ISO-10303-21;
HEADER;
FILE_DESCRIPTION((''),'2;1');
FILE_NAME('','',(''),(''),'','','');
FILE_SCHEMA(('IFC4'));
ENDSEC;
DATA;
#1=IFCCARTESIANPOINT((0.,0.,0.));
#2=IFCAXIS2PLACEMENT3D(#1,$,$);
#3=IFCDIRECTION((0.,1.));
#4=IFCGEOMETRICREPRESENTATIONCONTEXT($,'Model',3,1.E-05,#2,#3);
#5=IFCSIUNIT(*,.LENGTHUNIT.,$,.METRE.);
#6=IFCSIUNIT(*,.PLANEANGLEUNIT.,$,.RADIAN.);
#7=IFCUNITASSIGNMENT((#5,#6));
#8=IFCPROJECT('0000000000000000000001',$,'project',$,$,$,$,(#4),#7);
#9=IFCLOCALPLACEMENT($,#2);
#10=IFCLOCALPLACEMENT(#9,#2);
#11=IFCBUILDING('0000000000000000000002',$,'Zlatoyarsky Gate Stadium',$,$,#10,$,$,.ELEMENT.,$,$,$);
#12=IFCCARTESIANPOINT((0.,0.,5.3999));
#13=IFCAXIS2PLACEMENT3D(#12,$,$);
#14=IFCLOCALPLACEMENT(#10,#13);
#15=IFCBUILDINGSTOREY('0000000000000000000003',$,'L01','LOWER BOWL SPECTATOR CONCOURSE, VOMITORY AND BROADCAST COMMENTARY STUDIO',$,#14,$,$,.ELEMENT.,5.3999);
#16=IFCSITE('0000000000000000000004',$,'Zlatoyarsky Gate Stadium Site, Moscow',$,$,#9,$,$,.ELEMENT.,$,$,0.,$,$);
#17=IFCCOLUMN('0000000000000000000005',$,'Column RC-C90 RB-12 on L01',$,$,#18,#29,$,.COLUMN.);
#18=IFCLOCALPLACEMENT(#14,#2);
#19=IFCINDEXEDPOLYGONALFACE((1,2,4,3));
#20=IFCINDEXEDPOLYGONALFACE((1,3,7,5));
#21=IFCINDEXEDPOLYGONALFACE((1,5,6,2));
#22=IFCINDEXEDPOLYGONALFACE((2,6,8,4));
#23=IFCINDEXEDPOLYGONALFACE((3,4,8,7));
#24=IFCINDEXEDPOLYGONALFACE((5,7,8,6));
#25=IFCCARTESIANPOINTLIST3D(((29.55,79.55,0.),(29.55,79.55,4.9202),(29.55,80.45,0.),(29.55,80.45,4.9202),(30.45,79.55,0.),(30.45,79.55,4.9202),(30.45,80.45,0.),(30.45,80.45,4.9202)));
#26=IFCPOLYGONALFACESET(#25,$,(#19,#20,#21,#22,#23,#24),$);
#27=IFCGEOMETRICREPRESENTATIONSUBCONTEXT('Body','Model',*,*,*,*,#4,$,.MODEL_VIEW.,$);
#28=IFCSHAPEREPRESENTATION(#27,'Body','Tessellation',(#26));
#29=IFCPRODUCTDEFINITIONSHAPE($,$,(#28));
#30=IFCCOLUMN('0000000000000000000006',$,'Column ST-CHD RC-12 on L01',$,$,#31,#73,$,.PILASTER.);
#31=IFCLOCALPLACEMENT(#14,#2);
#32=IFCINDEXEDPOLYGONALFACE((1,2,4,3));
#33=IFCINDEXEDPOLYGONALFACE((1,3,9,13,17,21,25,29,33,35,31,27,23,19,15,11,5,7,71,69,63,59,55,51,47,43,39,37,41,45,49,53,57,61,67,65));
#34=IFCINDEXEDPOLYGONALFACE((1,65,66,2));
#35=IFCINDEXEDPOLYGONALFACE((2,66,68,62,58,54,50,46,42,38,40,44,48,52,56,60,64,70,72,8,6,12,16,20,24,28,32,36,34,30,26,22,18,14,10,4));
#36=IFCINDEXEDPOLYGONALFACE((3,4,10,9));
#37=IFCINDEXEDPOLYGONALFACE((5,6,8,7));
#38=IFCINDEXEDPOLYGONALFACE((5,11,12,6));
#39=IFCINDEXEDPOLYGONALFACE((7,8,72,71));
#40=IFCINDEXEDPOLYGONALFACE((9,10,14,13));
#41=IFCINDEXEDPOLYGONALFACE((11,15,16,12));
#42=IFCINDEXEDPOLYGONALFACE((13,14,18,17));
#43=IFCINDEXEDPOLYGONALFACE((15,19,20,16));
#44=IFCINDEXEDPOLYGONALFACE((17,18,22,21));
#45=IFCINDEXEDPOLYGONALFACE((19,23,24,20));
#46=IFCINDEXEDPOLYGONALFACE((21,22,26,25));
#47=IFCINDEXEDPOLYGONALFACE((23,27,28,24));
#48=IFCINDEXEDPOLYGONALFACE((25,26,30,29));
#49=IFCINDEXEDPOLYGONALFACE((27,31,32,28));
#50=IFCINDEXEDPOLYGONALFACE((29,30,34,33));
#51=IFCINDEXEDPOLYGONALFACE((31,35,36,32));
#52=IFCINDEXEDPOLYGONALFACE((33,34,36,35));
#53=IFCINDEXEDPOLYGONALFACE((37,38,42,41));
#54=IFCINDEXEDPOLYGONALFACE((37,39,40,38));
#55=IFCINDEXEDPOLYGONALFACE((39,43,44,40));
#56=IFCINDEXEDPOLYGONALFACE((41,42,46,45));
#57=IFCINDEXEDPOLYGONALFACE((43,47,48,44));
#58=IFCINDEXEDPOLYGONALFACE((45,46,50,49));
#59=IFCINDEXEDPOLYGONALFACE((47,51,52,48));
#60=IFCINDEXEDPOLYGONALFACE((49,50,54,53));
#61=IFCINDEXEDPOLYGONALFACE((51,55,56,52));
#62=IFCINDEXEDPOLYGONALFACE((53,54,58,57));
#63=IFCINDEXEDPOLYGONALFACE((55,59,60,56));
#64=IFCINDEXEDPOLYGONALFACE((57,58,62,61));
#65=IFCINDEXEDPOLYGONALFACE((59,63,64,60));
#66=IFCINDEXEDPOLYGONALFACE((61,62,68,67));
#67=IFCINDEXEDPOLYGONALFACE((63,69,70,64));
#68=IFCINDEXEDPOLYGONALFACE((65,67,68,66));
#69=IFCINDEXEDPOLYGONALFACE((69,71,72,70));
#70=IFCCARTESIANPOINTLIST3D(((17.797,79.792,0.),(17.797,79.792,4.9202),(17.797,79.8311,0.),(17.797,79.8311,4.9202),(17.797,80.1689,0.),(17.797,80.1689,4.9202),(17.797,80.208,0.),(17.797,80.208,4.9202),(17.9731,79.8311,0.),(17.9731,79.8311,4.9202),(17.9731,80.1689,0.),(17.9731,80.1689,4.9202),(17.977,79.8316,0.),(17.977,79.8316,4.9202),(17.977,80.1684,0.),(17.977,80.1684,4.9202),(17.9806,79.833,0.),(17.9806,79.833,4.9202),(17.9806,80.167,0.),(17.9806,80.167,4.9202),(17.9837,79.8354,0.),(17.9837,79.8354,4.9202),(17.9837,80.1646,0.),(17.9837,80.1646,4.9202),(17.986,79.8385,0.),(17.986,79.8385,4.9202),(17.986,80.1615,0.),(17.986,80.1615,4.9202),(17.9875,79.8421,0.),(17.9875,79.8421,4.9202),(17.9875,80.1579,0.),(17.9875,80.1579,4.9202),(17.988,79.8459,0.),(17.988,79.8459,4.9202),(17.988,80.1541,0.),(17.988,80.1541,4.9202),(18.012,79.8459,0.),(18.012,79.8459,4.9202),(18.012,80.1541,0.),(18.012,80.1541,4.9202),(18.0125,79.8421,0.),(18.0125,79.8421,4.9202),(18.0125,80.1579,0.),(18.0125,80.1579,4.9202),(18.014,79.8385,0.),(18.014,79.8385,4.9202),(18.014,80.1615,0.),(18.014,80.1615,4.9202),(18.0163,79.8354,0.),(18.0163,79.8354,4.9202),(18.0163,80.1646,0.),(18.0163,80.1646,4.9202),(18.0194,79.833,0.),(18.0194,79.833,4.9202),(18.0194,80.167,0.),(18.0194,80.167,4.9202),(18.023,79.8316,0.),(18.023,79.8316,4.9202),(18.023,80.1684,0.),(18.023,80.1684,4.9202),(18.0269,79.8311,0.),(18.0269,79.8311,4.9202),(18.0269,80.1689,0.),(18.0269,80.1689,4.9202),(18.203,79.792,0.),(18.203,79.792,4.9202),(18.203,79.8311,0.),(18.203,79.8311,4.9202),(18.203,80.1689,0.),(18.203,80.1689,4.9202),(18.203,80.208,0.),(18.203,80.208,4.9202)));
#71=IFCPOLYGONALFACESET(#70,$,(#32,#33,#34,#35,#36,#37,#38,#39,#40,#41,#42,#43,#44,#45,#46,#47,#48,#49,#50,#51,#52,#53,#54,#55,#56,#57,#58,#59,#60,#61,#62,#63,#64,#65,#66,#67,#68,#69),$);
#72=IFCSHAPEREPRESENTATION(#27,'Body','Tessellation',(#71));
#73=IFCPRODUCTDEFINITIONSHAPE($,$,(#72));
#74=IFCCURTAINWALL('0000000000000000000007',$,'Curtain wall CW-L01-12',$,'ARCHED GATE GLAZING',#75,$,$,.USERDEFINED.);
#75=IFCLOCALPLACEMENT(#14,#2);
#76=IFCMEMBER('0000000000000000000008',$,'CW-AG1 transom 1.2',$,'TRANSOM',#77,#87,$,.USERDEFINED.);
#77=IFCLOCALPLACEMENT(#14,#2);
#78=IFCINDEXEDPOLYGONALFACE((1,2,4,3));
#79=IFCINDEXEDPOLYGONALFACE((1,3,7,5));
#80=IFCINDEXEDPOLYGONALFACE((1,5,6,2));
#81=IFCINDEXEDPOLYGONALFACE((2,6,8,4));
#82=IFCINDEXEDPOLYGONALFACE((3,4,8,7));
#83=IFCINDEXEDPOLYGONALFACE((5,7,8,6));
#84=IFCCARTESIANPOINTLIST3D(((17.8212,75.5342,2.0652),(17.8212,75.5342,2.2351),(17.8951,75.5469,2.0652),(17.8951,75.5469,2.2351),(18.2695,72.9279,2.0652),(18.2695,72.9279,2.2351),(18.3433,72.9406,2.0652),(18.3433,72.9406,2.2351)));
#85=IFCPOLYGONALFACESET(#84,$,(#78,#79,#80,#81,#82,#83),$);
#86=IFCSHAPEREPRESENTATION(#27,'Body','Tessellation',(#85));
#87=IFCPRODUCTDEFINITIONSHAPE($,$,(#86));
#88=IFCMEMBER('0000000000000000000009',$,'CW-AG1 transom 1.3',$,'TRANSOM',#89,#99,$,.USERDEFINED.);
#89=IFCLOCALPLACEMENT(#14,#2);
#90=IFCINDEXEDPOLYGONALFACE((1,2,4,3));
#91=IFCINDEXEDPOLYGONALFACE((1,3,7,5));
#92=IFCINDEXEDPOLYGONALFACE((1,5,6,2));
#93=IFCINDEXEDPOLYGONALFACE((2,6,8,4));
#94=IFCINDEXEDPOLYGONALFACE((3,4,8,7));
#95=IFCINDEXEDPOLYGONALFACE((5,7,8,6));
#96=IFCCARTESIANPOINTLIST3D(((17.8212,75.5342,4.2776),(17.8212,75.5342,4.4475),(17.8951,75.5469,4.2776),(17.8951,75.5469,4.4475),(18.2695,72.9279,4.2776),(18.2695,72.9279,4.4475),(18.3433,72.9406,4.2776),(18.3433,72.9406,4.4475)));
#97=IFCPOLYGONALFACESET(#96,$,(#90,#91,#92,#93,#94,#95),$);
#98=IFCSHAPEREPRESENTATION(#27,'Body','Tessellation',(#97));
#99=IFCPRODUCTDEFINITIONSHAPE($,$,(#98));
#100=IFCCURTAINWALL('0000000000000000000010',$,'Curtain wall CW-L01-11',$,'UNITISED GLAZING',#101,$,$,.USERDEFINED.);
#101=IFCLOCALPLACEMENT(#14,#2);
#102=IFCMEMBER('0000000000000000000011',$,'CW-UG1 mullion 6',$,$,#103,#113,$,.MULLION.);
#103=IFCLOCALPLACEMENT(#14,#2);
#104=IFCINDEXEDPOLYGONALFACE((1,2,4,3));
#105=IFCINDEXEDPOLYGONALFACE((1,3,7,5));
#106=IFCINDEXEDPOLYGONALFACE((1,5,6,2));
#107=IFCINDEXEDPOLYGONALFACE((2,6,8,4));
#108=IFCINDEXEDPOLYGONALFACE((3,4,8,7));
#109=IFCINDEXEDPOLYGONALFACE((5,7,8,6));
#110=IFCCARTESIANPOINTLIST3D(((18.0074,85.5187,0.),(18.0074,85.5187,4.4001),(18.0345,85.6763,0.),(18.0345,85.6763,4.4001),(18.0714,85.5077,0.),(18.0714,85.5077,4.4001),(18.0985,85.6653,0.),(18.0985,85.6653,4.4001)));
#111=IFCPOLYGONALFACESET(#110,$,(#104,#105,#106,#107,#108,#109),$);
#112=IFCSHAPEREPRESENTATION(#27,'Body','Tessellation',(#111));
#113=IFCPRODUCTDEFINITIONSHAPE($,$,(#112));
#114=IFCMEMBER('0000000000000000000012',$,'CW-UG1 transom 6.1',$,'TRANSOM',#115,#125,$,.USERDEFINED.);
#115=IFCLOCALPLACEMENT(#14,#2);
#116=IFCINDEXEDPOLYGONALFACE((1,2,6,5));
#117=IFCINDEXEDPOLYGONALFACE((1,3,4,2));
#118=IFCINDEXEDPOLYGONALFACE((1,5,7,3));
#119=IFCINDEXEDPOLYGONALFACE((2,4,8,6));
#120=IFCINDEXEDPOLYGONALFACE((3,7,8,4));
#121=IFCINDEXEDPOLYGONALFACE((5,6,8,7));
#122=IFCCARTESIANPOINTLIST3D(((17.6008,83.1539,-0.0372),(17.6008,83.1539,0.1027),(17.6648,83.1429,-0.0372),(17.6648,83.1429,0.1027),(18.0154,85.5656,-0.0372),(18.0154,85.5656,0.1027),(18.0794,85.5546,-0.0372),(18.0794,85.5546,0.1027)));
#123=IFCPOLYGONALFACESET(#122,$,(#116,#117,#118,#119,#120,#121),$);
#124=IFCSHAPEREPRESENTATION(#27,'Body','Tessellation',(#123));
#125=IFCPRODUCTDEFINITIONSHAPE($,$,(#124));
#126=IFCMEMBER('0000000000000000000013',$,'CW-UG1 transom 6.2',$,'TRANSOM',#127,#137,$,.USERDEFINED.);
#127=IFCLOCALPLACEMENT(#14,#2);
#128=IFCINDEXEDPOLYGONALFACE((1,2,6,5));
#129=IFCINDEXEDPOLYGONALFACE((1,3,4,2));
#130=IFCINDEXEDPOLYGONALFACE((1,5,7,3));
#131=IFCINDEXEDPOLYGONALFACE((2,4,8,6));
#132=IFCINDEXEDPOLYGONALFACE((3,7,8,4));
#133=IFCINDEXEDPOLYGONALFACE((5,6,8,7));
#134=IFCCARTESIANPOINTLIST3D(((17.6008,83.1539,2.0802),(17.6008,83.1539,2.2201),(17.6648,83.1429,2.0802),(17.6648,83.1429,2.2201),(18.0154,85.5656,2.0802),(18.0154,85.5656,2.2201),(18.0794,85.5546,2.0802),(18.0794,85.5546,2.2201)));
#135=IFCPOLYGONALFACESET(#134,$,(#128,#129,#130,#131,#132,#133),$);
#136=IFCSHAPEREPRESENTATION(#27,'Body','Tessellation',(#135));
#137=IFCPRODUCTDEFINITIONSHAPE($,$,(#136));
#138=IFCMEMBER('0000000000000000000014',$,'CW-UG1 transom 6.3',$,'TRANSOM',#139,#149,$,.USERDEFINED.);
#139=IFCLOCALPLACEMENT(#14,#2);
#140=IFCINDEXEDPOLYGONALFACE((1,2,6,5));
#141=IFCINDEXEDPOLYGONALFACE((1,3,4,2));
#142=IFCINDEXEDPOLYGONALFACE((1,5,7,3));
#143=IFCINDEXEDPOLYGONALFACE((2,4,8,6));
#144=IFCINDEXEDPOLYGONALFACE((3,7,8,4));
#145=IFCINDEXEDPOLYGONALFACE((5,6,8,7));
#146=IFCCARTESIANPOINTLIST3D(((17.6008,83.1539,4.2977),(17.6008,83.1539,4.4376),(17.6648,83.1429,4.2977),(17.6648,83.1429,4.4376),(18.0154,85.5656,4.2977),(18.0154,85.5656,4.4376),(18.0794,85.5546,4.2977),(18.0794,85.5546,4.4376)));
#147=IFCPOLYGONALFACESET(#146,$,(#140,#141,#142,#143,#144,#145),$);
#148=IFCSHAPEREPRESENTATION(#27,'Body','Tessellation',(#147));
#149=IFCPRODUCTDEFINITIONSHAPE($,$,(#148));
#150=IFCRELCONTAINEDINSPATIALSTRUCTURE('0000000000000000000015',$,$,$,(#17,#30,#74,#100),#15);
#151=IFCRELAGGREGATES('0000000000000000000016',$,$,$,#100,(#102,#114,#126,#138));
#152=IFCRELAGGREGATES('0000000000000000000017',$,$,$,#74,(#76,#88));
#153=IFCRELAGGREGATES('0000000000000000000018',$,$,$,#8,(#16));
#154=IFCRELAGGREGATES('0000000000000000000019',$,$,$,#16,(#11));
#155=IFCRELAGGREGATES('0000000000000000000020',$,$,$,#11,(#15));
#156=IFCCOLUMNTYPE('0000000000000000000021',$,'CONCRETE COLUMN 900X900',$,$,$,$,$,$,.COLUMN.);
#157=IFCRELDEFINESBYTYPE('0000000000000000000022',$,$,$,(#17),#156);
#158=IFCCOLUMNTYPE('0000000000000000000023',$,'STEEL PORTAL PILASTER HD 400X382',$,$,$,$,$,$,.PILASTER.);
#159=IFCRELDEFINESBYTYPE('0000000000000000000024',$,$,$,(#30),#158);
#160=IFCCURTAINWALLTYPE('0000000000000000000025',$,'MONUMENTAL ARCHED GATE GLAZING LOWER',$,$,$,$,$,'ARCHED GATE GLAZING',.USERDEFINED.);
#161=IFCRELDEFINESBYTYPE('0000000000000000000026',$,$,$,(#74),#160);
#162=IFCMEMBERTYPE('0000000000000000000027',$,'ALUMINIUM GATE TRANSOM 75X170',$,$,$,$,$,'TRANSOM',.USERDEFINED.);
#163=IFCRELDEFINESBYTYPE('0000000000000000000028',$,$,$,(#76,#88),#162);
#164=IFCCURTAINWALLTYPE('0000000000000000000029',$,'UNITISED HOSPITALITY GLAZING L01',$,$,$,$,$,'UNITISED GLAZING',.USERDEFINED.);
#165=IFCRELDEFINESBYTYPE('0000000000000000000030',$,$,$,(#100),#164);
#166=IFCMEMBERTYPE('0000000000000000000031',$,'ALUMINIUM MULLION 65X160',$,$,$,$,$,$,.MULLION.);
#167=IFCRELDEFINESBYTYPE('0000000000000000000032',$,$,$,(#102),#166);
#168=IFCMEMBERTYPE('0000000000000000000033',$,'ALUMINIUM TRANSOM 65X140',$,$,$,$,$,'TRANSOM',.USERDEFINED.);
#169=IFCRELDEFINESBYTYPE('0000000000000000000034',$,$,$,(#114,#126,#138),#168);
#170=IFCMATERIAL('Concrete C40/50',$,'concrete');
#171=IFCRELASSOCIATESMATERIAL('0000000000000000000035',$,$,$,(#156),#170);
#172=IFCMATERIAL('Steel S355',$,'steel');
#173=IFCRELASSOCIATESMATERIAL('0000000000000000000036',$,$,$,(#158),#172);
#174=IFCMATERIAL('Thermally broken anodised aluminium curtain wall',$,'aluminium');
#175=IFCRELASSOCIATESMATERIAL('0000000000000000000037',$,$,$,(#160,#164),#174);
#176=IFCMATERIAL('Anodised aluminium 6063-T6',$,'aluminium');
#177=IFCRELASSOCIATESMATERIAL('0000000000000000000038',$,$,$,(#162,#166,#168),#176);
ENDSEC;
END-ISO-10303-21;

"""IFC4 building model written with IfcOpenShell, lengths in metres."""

from ifc_helpers import new_model, si_unit, direction, frame, origin, origin_2d, place, context, subcontext, project, spatial, rectangle, i_section, extrude, material, material_profile, profile_set, type_object, element, aggregate, save


model = new_model("IFC4")

# Units and contexts
model_context = context("Model", 3, precision=1e-05, world=origin(), true_north=direction((0.0, 1.0)))
body_context = subcontext(model_context, "Body", "Model", "MODEL_VIEW")
ifc_project = project(units=[si_unit("LENGTHUNIT", "METRE"), si_unit("PLANEANGLEUNIT", "RADIAN")], contexts=[model_context])

# Site, building, storey
site_placement = place(None, origin())
site = spatial("IfcSite", under=ifc_project, at=site_placement, Name="Zlatoyarsky Gate Stadium Site, Moscow", CompositionType="ELEMENT", RefElevation=0.0)
building_placement = place(site_placement, origin())
building = spatial("IfcBuilding", under=site, at=building_placement, Name="Zlatoyarsky Gate Stadium", CompositionType="ELEMENT")
storey_placement = place(building_placement, frame((0.0, 0.0, 5.3999)))
storey = spatial("IfcBuildingStorey", under=building, at=storey_placement, Name="L01", Description="LOWER BOWL SPECTATOR CONCOURSE, VOMITORY AND BROADCAST COMMENTARY STUDIO", CompositionType="ELEMENT", Elevation=5.3999)

# Columns
ifc_material_1 = material(Name="Concrete C40/50", Category="concrete")
ifc_material_profile_1 = material_profile(ifc_material_1, rectangle(XDim=0.8999, YDim=0.8999, at=origin_2d()), Name="RC COL 900X900")
ifc_profile_set_1 = profile_set([ifc_material_profile_1], Name="Concrete C40/50")
column_type_1 = type_object("IfcColumnType", Name="CONCRETE COLUMN 900X900", PredefinedType="COLUMN", material=ifc_profile_set_1)
column_1_placement = place(storey_placement, frame((30.0, 80.0, 0.0), z_axis=(0.0, 0.0, 1.0), x_axis=(-1.0, 0.0, 0.0)))
element("IfcColumn", 1, at=column_1_placement, inside=storey, type_object=column_type_1, Name="Column RC-C90 RB-12 on L01", PredefinedType="COLUMN", context=body_context, shape_type="SweptSolid", body=[
    extrude(rectangle(XDim=0.8999, YDim=0.8999, at=origin_2d()), origin(), (0.0, 0.0, 1.0), 4.9202),
])
ifc_material_2 = material(Name="Steel S355", Category="steel")
ifc_material_profile_2 = material_profile(ifc_material_2, i_section(OverallWidth=0.406, OverallDepth=0.416, WebThickness=0.0239, FlangeThickness=0.0391, FilletRadius=0.0149, at=origin_2d()), Name="HD 400X382")
ifc_profile_set_2 = profile_set([ifc_material_profile_2], Name="Steel S355")
column_type_2 = type_object("IfcColumnType", Name="STEEL PORTAL PILASTER HD 400X382", PredefinedType="PILASTER", material=ifc_profile_set_2)
column_2_placement = place(storey_placement, frame((18.0, 80.0, 0.0), z_axis=(0.0, 0.0, 1.0), x_axis=(-1.0, 0.0, 0.0)))
element("IfcColumn", 2, at=column_2_placement, inside=storey, type_object=column_type_2, Name="Column ST-CHD RC-12 on L01", PredefinedType="PILASTER", context=body_context, shape_type="SweptSolid", body=[
    extrude(i_section(OverallWidth=0.406, OverallDepth=0.416, WebThickness=0.0239, FlangeThickness=0.0391, FilletRadius=0.0149, at=origin_2d()), origin(), (0.0, 0.0, 1.0), 4.9202),
])

# Curtain walls, members
ifc_material_3 = material(Name="Thermally broken anodised aluminium curtain wall", Category="aluminium")
curtain_wall_type_1 = type_object("IfcCurtainWallType", Name="MONUMENTAL ARCHED GATE GLAZING LOWER", ElementType="ARCHED GATE GLAZING", PredefinedType="USERDEFINED", material=ifc_material_3)
curtain_wall_1_placement = place(storey_placement, origin())
curtain_wall_1 = element("IfcCurtainWall", 3, at=curtain_wall_1_placement, inside=storey, type_object=curtain_wall_type_1, Name="Curtain wall CW-L01-12", ObjectType="ARCHED GATE GLAZING", PredefinedType="USERDEFINED")
ifc_material_4 = material(Name="Anodised aluminium 6063-T6", Category="aluminium")
ifc_material_profile_3 = material_profile(ifc_material_4, rectangle(XDim=0.075, YDim=0.1699, at=origin_2d()), Name="ALU 75X170")
ifc_profile_set_3 = profile_set([ifc_material_profile_3], Name="Anodised aluminium 6063-T6")
member_type_1 = type_object("IfcMemberType", Name="ALUMINIUM GATE TRANSOM 75X170", ElementType="TRANSOM", PredefinedType="USERDEFINED", material=ifc_profile_set_3)
member_1_placement = place(storey_placement, frame((17.8582, 75.5405, 2.1501), z_axis=(0.169502, -0.98553, 0.0), x_axis=(0.98553, 0.169502, 0.0)))
member_1 = element("IfcMember", 4, at=member_1_placement, type_object=member_type_1, Name="CW-AG1 transom 1.2", ObjectType="TRANSOM", PredefinedType="USERDEFINED", context=body_context, shape_type="SweptSolid", body=[
    extrude(rectangle(XDim=0.075, YDim=0.1699, at=origin_2d()), origin(), (0.0, 0.0, 1.0), 2.6445),
])
member_2_placement = place(storey_placement, frame((17.8582, 75.5405, 4.3625), z_axis=(0.169502, -0.98553, 0.0), x_axis=(0.98553, 0.169502, 0.0)))
member_2 = element("IfcMember", 5, at=member_2_placement, type_object=member_type_1, Name="CW-AG1 transom 1.3", ObjectType="TRANSOM", PredefinedType="USERDEFINED", context=body_context, shape_type="SweptSolid", body=[
    extrude(rectangle(XDim=0.075, YDim=0.1699, at=origin_2d()), origin(), (0.0, 0.0, 1.0), 2.6445),
])
curtain_wall_type_2 = type_object("IfcCurtainWallType", Name="UNITISED HOSPITALITY GLAZING L01", ElementType="UNITISED GLAZING", PredefinedType="USERDEFINED", material=ifc_material_3)
curtain_wall_2_placement = place(storey_placement, origin())
curtain_wall_2 = element("IfcCurtainWall", 6, at=curtain_wall_2_placement, inside=storey, type_object=curtain_wall_type_2, Name="Curtain wall CW-L01-11", ObjectType="UNITISED GLAZING", PredefinedType="USERDEFINED")
ifc_material_profile_4 = material_profile(ifc_material_4, rectangle(XDim=0.0649, YDim=0.1599, at=origin_2d()), Name="ALU 65X160")
ifc_profile_set_4 = profile_set([ifc_material_profile_4], Name="Anodised aluminium 6063-T6")
member_type_2 = type_object("IfcMemberType", Name="ALUMINIUM MULLION 65X160", PredefinedType="MULLION", material=ifc_profile_set_4)
member_3_placement = place(storey_placement, frame((18.053, 85.592, 0.0), z_axis=(0.0, 0.0, 1.0), x_axis=(0.985539, -0.169451, 0.0)))
member_3 = element("IfcMember", 7, at=member_3_placement, type_object=member_type_2, Name="CW-UG1 mullion 6", PredefinedType="MULLION", context=body_context, shape_type="SweptSolid", body=[
    extrude(rectangle(XDim=0.0649, YDim=0.1599, at=origin_2d()), origin(), (0.0, 0.0, 1.0), 4.4001),
])
ifc_material_profile_5 = material_profile(ifc_material_4, rectangle(XDim=0.0649, YDim=0.1399, at=origin_2d()), Name="ALU 65X140")
ifc_profile_set_5 = profile_set([ifc_material_profile_5], Name="Anodised aluminium 6063-T6")
member_type_3 = type_object("IfcMemberType", Name="ALUMINIUM TRANSOM 65X140", ElementType="TRANSOM", PredefinedType="USERDEFINED", material=ifc_profile_set_5)
member_4_placement = place(storey_placement, frame((18.0474, 85.5601, 0.0327), z_axis=(-0.169412, -0.985545, 0.0), x_axis=(0.985545, -0.169412, 0.0)))
member_4 = element("IfcMember", 8, at=member_4_placement, type_object=member_type_3, Name="CW-UG1 transom 6.1", ObjectType="TRANSOM", PredefinedType="USERDEFINED", context=body_context, shape_type="SweptSolid", body=[
    extrude(rectangle(XDim=0.0649, YDim=0.1399, at=origin_2d()), origin(), (0.0, 0.0, 1.0), 2.447),
])
member_5_placement = place(storey_placement, frame((18.0474, 85.5601, 2.1501), z_axis=(-0.169412, -0.985545, 0.0), x_axis=(0.985545, -0.169412, 0.0)))
member_5 = element("IfcMember", 9, at=member_5_placement, type_object=member_type_3, Name="CW-UG1 transom 6.2", ObjectType="TRANSOM", PredefinedType="USERDEFINED", context=body_context, shape_type="SweptSolid", body=[
    extrude(rectangle(XDim=0.0649, YDim=0.1399, at=origin_2d()), origin(), (0.0, 0.0, 1.0), 2.447),
])
member_6_placement = place(storey_placement, frame((18.0474, 85.5601, 4.3677), z_axis=(-0.169412, -0.985545, 0.0), x_axis=(0.985545, -0.169412, 0.0)))
member_6 = element("IfcMember", 10, at=member_6_placement, type_object=member_type_3, Name="CW-UG1 transom 6.3", ObjectType="TRANSOM", PredefinedType="USERDEFINED", context=body_context, shape_type="SweptSolid", body=[
    extrude(rectangle(XDim=0.0649, YDim=0.1399, at=origin_2d()), origin(), (0.0, 0.0, 1.0), 2.447),
])
aggregate(curtain_wall_2, [member_3, member_4, member_5, member_6])

aggregate(curtain_wall_1, [member_1, member_2])

save(model, "model.ifc")
